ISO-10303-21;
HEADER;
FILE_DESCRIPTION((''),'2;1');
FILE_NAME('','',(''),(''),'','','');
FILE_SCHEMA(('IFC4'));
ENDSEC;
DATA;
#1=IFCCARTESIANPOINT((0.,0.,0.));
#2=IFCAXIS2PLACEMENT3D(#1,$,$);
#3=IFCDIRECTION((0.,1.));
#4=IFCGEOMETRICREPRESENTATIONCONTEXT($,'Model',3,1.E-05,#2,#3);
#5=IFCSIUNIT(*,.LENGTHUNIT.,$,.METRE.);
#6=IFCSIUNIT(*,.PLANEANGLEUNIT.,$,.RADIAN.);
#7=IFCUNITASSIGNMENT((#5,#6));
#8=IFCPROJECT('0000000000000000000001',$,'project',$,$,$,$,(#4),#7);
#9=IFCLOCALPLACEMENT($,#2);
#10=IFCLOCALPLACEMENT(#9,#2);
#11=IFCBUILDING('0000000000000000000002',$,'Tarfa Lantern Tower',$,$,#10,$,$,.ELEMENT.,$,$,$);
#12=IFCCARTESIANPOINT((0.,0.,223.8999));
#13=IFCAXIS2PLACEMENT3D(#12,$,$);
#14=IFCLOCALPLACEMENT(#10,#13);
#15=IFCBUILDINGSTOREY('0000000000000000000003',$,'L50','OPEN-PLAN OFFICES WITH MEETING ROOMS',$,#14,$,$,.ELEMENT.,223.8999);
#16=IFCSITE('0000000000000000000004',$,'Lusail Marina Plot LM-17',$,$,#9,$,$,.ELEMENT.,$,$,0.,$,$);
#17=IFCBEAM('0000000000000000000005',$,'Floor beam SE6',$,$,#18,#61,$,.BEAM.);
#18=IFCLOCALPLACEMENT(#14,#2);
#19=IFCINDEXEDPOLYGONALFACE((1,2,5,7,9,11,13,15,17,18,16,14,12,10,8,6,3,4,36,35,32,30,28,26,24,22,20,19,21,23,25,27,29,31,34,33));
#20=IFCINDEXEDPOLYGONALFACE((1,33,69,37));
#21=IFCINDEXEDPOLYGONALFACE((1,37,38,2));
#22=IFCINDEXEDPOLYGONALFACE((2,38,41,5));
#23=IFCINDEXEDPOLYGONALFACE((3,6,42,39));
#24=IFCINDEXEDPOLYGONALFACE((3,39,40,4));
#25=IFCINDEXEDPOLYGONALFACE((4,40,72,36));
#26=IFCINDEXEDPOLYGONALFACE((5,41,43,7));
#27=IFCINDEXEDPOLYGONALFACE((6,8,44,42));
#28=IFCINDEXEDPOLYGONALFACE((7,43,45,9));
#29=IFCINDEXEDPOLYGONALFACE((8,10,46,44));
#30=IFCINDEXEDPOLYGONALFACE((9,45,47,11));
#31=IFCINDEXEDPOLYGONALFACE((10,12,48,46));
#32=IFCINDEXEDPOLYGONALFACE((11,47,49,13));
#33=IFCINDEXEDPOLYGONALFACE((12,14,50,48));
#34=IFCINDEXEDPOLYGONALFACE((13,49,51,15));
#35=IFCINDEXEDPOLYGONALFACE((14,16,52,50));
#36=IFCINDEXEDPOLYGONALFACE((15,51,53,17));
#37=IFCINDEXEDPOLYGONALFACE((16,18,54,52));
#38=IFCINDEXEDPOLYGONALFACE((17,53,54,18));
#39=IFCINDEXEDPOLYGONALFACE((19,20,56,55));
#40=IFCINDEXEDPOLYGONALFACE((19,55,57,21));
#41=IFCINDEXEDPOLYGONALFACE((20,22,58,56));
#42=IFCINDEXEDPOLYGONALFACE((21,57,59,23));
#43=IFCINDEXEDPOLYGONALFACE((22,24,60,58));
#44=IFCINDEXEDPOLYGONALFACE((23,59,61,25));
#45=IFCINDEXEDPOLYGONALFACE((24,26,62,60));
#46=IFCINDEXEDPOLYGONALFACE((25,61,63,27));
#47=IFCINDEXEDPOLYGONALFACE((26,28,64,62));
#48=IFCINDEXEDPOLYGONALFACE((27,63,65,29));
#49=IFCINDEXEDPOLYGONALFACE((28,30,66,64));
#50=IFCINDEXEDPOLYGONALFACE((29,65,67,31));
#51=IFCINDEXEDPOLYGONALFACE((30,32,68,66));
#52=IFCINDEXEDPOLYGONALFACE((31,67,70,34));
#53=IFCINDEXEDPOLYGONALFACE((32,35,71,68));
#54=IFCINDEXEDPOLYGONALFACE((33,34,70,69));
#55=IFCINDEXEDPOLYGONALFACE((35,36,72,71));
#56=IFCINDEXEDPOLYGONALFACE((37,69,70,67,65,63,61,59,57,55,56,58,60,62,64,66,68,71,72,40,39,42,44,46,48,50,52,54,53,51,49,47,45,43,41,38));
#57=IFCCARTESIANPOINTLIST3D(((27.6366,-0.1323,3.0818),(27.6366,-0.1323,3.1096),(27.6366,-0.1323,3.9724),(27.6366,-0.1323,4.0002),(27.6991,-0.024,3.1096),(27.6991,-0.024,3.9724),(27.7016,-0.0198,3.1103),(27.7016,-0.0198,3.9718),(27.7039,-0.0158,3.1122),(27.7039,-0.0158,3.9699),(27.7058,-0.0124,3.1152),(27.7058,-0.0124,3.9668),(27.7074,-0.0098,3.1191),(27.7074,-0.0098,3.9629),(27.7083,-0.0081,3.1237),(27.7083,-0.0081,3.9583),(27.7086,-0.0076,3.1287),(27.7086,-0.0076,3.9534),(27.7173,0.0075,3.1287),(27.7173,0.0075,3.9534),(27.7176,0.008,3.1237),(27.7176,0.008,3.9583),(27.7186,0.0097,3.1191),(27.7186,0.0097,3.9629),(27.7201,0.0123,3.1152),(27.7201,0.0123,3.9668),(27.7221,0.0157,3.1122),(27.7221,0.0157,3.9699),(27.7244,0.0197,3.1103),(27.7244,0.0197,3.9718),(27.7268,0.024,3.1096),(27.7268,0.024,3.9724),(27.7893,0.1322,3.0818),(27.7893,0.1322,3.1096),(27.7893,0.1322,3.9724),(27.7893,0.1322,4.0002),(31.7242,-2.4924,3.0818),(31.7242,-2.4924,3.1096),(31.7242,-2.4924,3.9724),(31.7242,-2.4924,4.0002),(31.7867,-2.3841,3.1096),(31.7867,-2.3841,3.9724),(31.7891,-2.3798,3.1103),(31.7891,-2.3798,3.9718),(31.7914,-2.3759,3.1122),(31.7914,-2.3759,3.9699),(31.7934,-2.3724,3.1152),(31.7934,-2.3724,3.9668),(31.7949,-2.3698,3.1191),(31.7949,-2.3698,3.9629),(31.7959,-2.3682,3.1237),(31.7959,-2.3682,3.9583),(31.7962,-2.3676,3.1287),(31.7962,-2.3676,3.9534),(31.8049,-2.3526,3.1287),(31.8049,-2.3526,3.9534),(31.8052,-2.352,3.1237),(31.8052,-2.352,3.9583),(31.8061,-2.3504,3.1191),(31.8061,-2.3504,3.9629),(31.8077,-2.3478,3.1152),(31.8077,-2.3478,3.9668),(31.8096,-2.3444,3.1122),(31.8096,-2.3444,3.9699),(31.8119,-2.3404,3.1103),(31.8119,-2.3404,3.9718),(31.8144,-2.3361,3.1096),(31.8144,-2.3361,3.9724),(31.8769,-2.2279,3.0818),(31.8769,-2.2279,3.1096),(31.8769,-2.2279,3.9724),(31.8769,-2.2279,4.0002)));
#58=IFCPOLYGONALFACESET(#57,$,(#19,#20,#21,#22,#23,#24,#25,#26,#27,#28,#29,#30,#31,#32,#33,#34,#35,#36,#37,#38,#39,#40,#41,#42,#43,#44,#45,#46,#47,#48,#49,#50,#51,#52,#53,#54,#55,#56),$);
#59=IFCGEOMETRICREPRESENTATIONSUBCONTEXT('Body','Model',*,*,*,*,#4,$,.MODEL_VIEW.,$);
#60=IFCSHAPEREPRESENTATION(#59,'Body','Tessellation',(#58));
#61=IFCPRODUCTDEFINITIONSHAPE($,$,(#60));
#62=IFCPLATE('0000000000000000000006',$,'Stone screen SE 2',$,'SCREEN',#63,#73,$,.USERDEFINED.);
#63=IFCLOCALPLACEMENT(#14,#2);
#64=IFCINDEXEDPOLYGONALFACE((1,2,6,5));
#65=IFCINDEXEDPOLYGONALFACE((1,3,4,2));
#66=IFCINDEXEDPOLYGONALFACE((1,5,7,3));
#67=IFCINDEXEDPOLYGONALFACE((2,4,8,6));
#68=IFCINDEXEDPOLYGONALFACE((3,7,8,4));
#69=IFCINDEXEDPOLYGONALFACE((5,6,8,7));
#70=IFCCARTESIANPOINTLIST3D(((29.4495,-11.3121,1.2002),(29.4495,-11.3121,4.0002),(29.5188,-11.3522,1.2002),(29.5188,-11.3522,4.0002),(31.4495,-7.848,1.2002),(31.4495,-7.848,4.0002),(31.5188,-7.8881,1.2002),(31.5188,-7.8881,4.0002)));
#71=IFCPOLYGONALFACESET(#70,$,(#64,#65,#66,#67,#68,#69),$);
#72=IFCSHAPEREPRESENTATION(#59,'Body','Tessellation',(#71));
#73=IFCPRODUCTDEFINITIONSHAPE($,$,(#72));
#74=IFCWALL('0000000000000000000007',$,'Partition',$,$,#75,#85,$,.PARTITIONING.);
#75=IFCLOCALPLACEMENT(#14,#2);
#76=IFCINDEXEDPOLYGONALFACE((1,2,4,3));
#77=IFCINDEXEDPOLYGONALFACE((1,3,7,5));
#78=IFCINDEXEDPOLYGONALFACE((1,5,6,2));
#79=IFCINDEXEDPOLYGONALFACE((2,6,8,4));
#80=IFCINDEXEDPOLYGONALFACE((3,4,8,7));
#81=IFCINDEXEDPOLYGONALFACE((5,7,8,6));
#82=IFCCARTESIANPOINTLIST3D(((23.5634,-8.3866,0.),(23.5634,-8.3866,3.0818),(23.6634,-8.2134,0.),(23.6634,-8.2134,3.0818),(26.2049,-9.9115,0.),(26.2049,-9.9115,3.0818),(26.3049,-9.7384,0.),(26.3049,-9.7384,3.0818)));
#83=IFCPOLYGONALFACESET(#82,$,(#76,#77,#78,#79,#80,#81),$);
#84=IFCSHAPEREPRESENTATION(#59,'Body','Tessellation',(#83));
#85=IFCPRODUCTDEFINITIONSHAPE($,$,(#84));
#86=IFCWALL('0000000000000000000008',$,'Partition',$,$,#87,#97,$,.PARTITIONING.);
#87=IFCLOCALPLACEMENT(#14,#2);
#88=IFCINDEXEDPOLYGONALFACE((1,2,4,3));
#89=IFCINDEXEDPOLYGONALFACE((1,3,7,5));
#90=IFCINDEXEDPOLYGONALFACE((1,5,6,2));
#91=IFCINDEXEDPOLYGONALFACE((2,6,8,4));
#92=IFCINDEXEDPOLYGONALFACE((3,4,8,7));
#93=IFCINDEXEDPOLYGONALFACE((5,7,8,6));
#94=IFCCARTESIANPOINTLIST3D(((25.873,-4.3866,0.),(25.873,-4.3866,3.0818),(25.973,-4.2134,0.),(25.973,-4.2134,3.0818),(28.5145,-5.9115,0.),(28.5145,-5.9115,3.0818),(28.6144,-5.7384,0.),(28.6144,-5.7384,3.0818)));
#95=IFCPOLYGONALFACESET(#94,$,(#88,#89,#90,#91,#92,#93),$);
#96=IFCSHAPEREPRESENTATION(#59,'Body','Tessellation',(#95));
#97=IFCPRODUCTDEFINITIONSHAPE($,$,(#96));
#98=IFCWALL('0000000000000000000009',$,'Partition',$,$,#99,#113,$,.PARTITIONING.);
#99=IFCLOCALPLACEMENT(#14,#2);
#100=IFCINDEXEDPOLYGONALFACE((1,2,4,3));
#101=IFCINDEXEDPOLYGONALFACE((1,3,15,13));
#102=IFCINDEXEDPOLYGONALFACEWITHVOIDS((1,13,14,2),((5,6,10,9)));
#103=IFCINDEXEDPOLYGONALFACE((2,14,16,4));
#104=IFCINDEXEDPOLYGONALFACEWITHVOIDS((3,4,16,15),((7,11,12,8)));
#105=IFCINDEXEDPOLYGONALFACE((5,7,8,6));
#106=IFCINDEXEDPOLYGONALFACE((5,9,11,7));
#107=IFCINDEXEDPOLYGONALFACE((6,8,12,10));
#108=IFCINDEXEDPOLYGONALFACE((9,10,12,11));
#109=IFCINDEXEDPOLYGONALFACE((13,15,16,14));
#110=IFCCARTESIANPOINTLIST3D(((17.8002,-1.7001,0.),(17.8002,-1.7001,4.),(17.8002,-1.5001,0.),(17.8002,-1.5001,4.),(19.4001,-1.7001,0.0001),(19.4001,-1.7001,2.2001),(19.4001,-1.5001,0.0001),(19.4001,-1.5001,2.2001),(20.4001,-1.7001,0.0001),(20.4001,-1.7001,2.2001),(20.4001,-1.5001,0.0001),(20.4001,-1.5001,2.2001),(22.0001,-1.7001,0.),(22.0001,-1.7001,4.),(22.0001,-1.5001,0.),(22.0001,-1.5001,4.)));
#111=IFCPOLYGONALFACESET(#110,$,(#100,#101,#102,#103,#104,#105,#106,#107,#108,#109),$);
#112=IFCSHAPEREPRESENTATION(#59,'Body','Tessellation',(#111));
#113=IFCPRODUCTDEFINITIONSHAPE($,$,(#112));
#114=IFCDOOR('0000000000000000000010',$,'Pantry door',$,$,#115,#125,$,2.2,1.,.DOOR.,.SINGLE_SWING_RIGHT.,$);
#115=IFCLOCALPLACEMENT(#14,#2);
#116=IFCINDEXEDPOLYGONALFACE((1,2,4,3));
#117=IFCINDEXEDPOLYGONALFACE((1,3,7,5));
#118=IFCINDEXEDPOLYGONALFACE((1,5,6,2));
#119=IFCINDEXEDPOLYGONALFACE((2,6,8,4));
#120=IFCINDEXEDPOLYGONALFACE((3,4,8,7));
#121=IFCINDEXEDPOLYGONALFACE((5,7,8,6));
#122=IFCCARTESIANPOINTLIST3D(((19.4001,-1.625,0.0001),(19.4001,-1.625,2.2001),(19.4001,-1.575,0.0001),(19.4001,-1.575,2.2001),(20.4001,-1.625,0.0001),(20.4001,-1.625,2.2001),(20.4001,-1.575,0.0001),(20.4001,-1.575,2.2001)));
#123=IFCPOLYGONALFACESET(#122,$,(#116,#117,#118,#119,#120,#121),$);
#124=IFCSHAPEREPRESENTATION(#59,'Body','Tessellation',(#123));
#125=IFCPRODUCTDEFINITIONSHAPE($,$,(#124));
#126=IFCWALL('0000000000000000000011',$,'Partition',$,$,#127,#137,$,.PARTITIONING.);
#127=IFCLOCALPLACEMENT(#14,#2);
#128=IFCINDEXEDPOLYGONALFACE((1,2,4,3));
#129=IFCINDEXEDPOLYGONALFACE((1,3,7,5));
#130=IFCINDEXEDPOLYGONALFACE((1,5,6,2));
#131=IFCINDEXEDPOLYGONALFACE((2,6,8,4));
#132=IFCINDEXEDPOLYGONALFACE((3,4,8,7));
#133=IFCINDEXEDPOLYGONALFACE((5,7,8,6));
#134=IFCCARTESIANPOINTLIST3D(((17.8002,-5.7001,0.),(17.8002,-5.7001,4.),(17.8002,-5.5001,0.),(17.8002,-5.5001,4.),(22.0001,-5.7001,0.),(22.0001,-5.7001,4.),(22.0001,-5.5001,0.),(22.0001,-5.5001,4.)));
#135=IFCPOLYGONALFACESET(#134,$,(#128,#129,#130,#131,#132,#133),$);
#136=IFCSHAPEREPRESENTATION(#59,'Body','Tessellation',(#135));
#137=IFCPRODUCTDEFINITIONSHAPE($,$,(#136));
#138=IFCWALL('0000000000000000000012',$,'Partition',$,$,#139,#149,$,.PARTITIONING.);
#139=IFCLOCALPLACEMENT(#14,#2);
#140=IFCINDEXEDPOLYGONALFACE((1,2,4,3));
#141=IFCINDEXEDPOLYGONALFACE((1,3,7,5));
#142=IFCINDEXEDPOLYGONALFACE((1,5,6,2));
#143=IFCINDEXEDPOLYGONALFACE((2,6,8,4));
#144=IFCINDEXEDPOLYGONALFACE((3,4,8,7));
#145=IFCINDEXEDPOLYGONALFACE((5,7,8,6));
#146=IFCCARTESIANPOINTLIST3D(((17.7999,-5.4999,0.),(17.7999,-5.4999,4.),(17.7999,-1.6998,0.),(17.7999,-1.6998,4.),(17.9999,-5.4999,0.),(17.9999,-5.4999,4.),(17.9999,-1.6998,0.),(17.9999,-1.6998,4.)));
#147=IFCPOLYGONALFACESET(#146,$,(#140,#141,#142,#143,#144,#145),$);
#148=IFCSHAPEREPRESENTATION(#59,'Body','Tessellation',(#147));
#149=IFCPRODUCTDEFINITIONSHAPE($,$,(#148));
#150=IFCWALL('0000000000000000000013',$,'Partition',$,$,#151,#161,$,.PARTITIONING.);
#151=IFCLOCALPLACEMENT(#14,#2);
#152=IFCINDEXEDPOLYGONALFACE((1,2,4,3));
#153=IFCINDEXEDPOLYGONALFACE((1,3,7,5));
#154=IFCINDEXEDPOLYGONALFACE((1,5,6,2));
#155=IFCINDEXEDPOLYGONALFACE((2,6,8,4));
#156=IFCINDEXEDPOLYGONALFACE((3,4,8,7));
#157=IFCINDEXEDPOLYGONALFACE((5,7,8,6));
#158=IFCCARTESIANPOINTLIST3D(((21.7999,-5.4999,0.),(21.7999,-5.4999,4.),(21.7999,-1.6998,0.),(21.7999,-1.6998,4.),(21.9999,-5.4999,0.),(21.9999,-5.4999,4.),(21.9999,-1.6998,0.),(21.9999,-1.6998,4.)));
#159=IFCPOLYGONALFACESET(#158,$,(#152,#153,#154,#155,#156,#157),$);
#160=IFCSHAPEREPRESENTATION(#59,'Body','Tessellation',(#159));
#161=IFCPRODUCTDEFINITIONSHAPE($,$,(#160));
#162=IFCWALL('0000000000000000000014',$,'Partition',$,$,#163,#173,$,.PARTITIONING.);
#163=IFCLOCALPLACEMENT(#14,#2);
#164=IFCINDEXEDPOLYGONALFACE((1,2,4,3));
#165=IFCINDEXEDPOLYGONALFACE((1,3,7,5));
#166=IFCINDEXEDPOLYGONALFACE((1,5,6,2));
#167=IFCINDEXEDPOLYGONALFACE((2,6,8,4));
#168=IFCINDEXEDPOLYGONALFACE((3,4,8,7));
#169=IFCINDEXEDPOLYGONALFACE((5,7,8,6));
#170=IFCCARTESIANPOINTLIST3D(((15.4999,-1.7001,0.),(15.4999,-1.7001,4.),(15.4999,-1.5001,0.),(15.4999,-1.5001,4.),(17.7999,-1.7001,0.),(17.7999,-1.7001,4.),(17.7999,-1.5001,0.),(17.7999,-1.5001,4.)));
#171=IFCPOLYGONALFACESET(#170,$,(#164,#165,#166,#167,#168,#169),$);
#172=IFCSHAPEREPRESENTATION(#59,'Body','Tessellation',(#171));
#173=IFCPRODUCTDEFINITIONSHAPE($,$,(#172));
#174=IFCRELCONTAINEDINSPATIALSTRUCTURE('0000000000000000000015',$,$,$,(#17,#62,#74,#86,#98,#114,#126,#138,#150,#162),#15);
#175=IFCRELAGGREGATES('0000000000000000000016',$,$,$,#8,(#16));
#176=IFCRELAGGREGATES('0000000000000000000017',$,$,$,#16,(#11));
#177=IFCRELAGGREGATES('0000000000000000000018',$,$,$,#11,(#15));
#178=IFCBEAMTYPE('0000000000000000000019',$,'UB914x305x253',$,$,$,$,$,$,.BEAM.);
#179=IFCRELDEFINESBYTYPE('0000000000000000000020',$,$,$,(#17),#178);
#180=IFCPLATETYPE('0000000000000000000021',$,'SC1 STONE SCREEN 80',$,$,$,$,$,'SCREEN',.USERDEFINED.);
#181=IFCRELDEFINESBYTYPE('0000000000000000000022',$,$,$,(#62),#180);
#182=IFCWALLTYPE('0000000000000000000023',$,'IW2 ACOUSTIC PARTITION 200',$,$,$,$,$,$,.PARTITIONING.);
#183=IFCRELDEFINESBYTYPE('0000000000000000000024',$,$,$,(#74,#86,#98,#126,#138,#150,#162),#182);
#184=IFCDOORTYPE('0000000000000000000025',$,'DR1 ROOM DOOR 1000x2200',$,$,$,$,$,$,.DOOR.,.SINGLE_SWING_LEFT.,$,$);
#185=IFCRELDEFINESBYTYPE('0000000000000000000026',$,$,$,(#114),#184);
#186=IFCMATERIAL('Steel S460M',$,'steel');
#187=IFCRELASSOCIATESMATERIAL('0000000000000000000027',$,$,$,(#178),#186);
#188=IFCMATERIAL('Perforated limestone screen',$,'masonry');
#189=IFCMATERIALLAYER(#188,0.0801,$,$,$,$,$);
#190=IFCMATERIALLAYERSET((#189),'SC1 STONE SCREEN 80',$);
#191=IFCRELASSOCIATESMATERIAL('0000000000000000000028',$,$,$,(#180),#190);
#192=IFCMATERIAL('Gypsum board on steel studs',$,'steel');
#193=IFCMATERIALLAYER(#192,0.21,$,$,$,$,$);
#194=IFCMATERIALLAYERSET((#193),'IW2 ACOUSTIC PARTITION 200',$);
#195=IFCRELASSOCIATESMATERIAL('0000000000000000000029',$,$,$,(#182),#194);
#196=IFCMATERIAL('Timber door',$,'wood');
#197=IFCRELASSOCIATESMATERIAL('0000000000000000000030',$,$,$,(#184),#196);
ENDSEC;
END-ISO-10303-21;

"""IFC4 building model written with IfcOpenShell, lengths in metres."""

from ifc_helpers import new_model, si_unit, direction, frame, frame_2d, origin, origin_2d, place, context, subcontext, project, spatial, rectangle, i_section, extrude, material, layer, layer_set, material_profile, profile_set, type_object, element, fill, save


model = new_model("IFC4")

# Units and contexts
model_context = context("Model", 3, precision=1e-05, world=origin(), true_north=direction((0.0, 1.0)))
body_context = subcontext(model_context, "Body", "Model", "MODEL_VIEW")
ifc_project = project(units=[si_unit("LENGTHUNIT", "METRE"), si_unit("PLANEANGLEUNIT", "RADIAN")], contexts=[model_context])

# Site, building, storey
site_placement = place(None, origin())
site = spatial("IfcSite", under=ifc_project, at=site_placement, Name="Lusail Marina Plot LM-17", CompositionType="ELEMENT", RefElevation=0.0)
building_placement = place(site_placement, origin())
building = spatial("IfcBuilding", under=site, at=building_placement, Name="Tarfa Lantern Tower", CompositionType="ELEMENT")
storey_placement = place(building_placement, frame((0.0, 0.0, 223.8999)))
storey = spatial("IfcBuildingStorey", under=building, at=storey_placement, Name="L50", Description="OPEN-PLAN OFFICES WITH MEETING ROOMS", CompositionType="ELEMENT", Elevation=223.8999)

# Beam
ifc_material_1 = material(Name="Steel S460M", Category="steel")
ifc_material_profile_1 = material_profile(ifc_material_1, i_section(OverallWidth=0.3054, OverallDepth=0.9185, WebThickness=0.0173, FlangeThickness=0.0278, FilletRadius=0.019, at=origin_2d()), Name="UB914x305x253")
ifc_profile_set_1 = profile_set([ifc_material_profile_1], Name="Steel S460M")
beam_type_1 = type_object("IfcBeamType", Name="UB914x305x253", PredefinedType="BEAM", material=ifc_profile_set_1)
beam_1_placement = place(storey_placement, frame((31.8005, -2.3601, 3.541), z_axis=(-0.866016, 0.500016, 0.0), x_axis=(-0.500016, -0.866016, 0.0)))
element("IfcBeam", 1, at=beam_1_placement, inside=storey, type_object=beam_type_1, Name="Floor beam SE6", PredefinedType="BEAM", context=body_context, shape_type="SweptSolid", body=[
    extrude(i_section(OverallWidth=0.3054, OverallDepth=0.9185, WebThickness=0.0173, FlangeThickness=0.0278, FilletRadius=0.019, at=origin_2d()), origin(), (0.0, 0.0, 1.0), 4.72),
])

# Plate
ifc_material_2 = material(Name="Perforated limestone screen", Category="masonry")
ifc_layer_1 = layer(ifc_material_2, 0.0801)
ifc_layer_set_1 = layer_set([ifc_layer_1], Name="SC1 STONE SCREEN 80")
plate_type = type_object("IfcPlateType", Name="SC1 STONE SCREEN 80", ElementType="SCREEN", PredefinedType="USERDEFINED", material=ifc_layer_set_1)
plate_placement = place(storey_placement, frame((30.4841, -9.6001, 1.2002), z_axis=(0.0, 0.0, 1.0), x_axis=(0.5, 0.866025, 0.0)))
element("IfcPlate", 2, at=plate_placement, inside=storey, type_object=plate_type, Name="Stone screen SE 2", ObjectType="SCREEN", PredefinedType="USERDEFINED", context=body_context, shape_type="SweptSolid", body=[
    extrude(rectangle(XDim=4.0, YDim=0.0801, at=origin_2d()), origin(), (0.0, 0.0, 1.0), 2.8),
])

# Walls
ifc_material_3 = material(Name="Gypsum board on steel studs", Category="steel")
ifc_layer_2 = layer(ifc_material_3, 0.21)
ifc_layer_set_2 = layer_set([ifc_layer_2], Name="IW2 ACOUSTIC PARTITION 200")
wall_type_1 = type_object("IfcWallType", Name="IW2 ACOUSTIC PARTITION 200", PredefinedType="PARTITIONING", material=ifc_layer_set_2)
for number, where, z_axis, x_axis, name in (
    (3, (23.6135, -8.3, 0.0), (0.0, 0.0, 1.0), (0.866038, -0.499979, 0.0), "Partition"),
    (4, (25.9231, -4.3, 0.0), (0.0, 0.0, 1.0), (0.866038, -0.499979, 0.0), "Partition"),
):
    element("IfcWall", number, at=place(storey_placement, frame(where, z_axis=z_axis, x_axis=x_axis)), inside=storey, type_object=wall_type_1, Name=name, PredefinedType="PARTITIONING", context=body_context, shape_type="SweptSolid", body=[
        extrude(rectangle(XDim=3.05, YDim=0.2, at=frame_2d((1.5249, 0.0))), origin(), (0.0, 0.0, 1.0), 3.0818),
    ])

# Wall, opening, door
wall_1_placement = place(storey_placement, frame((17.8, -1.6001, 0.0), z_axis=(0.0, 0.0, 1.0), x_axis=(1.0, 0.0, 0.0)))
wall_1 = element("IfcWall", 5, at=wall_1_placement, inside=storey, type_object=wall_type_1, Name="Partition", PredefinedType="PARTITIONING", context=body_context, shape_type="SweptSolid", body=[
    extrude(rectangle(XDim=4.2, YDim=0.2, at=frame_2d((2.1001, 0.0))), origin(), (0.0, 0.0, 1.0), 4.0),
])
opening_1_placement = place(wall_1_placement, frame((1.6001, 0.0, 0.0)))
opening_1 = element("IfcOpeningElement", 6, at=opening_1_placement, cuts=wall_1, PredefinedType="OPENING", context=body_context, shape_type="SweptSolid", body=[
    extrude(rectangle(XDim=1.0, YDim=2.2, at=frame_2d((0.5, 1.1001))), frame((0.0, 0.1099, 0.0), z_axis=(0.0, -1.0, 0.0), x_axis=(1.0, 0.0, 0.0)), (0.0, 0.0, 1.0), 0.22),
])
ifc_material_4 = material(Name="Timber door", Category="wood")
door_type_1 = type_object("IfcDoorType", Name="DR1 ROOM DOOR 1000x2200", OperationType="SINGLE_SWING_LEFT", PredefinedType="DOOR", material=ifc_material_4)
door_1_placement = place(opening_1_placement, frame((1.0, 0.0, 0.0), z_axis=(0.0, 0.0, 1.0), x_axis=(-1.0, 0.0, 0.0)))
door_1 = element("IfcDoor", 7, at=door_1_placement, inside=storey, type_object=door_type_1, Name="Pantry door", OperationType="SINGLE_SWING_RIGHT", OverallHeight=2.2, OverallWidth=1.0, PredefinedType="DOOR", context=body_context, shape_type="SweptSolid", body=[
    extrude(rectangle(XDim=1.0, YDim=2.2, at=frame_2d((0.5, 1.1001))), frame((0.0, 0.0249, 0.0), z_axis=(0.0, -1.0, 0.0), x_axis=(1.0, 0.0, 0.0)), (0.0, 0.0, 1.0), 0.05),
])
fill(opening_1, door_1)

# Walls
wall_2_placement = place(storey_placement, frame((17.8, -5.6001, 0.0), z_axis=(0.0, 0.0, 1.0), x_axis=(1.0, 0.0, 0.0)))
element("IfcWall", 8, at=wall_2_placement, inside=storey, type_object=wall_type_1, Name="Partition", PredefinedType="PARTITIONING", context=body_context, shape_type="SweptSolid", body=[
    extrude(rectangle(XDim=4.2, YDim=0.2, at=frame_2d((2.1001, 0.0))), origin(), (0.0, 0.0, 1.0), 4.0),
])
for number, where, z_axis, x_axis, name in (
    (9, (17.8999, -1.7, 0.0), (0.0, 0.0, 1.0), (0.0, -1.0, 0.0), "Partition"),
    (10, (21.8999, -1.7, 0.0), (0.0, 0.0, 1.0), (0.0, -1.0, 0.0), "Partition"),
):
    element("IfcWall", number, at=place(storey_placement, frame(where, z_axis=z_axis, x_axis=x_axis)), inside=storey, type_object=wall_type_1, Name=name, PredefinedType="PARTITIONING", context=body_context, shape_type="SweptSolid", body=[
        extrude(rectangle(XDim=3.8, YDim=0.2, at=frame_2d((1.8999, 0.0))), origin(), (0.0, 0.0, 1.0), 4.0),
    ])
wall_3_placement = place(storey_placement, frame((15.5, -1.6001, 0.0), z_axis=(0.0, 0.0, 1.0), x_axis=(1.0, 0.0, 0.0)))
element("IfcWall", 11, at=wall_3_placement, inside=storey, type_object=wall_type_1, Name="Partition", PredefinedType="PARTITIONING", context=body_context, shape_type="SweptSolid", body=[
    extrude(rectangle(XDim=2.3, YDim=0.2, at=frame_2d((1.1499, 0.0))), origin(), (0.0, 0.0, 1.0), 4.0),
])

save(model, "model.ifc")
